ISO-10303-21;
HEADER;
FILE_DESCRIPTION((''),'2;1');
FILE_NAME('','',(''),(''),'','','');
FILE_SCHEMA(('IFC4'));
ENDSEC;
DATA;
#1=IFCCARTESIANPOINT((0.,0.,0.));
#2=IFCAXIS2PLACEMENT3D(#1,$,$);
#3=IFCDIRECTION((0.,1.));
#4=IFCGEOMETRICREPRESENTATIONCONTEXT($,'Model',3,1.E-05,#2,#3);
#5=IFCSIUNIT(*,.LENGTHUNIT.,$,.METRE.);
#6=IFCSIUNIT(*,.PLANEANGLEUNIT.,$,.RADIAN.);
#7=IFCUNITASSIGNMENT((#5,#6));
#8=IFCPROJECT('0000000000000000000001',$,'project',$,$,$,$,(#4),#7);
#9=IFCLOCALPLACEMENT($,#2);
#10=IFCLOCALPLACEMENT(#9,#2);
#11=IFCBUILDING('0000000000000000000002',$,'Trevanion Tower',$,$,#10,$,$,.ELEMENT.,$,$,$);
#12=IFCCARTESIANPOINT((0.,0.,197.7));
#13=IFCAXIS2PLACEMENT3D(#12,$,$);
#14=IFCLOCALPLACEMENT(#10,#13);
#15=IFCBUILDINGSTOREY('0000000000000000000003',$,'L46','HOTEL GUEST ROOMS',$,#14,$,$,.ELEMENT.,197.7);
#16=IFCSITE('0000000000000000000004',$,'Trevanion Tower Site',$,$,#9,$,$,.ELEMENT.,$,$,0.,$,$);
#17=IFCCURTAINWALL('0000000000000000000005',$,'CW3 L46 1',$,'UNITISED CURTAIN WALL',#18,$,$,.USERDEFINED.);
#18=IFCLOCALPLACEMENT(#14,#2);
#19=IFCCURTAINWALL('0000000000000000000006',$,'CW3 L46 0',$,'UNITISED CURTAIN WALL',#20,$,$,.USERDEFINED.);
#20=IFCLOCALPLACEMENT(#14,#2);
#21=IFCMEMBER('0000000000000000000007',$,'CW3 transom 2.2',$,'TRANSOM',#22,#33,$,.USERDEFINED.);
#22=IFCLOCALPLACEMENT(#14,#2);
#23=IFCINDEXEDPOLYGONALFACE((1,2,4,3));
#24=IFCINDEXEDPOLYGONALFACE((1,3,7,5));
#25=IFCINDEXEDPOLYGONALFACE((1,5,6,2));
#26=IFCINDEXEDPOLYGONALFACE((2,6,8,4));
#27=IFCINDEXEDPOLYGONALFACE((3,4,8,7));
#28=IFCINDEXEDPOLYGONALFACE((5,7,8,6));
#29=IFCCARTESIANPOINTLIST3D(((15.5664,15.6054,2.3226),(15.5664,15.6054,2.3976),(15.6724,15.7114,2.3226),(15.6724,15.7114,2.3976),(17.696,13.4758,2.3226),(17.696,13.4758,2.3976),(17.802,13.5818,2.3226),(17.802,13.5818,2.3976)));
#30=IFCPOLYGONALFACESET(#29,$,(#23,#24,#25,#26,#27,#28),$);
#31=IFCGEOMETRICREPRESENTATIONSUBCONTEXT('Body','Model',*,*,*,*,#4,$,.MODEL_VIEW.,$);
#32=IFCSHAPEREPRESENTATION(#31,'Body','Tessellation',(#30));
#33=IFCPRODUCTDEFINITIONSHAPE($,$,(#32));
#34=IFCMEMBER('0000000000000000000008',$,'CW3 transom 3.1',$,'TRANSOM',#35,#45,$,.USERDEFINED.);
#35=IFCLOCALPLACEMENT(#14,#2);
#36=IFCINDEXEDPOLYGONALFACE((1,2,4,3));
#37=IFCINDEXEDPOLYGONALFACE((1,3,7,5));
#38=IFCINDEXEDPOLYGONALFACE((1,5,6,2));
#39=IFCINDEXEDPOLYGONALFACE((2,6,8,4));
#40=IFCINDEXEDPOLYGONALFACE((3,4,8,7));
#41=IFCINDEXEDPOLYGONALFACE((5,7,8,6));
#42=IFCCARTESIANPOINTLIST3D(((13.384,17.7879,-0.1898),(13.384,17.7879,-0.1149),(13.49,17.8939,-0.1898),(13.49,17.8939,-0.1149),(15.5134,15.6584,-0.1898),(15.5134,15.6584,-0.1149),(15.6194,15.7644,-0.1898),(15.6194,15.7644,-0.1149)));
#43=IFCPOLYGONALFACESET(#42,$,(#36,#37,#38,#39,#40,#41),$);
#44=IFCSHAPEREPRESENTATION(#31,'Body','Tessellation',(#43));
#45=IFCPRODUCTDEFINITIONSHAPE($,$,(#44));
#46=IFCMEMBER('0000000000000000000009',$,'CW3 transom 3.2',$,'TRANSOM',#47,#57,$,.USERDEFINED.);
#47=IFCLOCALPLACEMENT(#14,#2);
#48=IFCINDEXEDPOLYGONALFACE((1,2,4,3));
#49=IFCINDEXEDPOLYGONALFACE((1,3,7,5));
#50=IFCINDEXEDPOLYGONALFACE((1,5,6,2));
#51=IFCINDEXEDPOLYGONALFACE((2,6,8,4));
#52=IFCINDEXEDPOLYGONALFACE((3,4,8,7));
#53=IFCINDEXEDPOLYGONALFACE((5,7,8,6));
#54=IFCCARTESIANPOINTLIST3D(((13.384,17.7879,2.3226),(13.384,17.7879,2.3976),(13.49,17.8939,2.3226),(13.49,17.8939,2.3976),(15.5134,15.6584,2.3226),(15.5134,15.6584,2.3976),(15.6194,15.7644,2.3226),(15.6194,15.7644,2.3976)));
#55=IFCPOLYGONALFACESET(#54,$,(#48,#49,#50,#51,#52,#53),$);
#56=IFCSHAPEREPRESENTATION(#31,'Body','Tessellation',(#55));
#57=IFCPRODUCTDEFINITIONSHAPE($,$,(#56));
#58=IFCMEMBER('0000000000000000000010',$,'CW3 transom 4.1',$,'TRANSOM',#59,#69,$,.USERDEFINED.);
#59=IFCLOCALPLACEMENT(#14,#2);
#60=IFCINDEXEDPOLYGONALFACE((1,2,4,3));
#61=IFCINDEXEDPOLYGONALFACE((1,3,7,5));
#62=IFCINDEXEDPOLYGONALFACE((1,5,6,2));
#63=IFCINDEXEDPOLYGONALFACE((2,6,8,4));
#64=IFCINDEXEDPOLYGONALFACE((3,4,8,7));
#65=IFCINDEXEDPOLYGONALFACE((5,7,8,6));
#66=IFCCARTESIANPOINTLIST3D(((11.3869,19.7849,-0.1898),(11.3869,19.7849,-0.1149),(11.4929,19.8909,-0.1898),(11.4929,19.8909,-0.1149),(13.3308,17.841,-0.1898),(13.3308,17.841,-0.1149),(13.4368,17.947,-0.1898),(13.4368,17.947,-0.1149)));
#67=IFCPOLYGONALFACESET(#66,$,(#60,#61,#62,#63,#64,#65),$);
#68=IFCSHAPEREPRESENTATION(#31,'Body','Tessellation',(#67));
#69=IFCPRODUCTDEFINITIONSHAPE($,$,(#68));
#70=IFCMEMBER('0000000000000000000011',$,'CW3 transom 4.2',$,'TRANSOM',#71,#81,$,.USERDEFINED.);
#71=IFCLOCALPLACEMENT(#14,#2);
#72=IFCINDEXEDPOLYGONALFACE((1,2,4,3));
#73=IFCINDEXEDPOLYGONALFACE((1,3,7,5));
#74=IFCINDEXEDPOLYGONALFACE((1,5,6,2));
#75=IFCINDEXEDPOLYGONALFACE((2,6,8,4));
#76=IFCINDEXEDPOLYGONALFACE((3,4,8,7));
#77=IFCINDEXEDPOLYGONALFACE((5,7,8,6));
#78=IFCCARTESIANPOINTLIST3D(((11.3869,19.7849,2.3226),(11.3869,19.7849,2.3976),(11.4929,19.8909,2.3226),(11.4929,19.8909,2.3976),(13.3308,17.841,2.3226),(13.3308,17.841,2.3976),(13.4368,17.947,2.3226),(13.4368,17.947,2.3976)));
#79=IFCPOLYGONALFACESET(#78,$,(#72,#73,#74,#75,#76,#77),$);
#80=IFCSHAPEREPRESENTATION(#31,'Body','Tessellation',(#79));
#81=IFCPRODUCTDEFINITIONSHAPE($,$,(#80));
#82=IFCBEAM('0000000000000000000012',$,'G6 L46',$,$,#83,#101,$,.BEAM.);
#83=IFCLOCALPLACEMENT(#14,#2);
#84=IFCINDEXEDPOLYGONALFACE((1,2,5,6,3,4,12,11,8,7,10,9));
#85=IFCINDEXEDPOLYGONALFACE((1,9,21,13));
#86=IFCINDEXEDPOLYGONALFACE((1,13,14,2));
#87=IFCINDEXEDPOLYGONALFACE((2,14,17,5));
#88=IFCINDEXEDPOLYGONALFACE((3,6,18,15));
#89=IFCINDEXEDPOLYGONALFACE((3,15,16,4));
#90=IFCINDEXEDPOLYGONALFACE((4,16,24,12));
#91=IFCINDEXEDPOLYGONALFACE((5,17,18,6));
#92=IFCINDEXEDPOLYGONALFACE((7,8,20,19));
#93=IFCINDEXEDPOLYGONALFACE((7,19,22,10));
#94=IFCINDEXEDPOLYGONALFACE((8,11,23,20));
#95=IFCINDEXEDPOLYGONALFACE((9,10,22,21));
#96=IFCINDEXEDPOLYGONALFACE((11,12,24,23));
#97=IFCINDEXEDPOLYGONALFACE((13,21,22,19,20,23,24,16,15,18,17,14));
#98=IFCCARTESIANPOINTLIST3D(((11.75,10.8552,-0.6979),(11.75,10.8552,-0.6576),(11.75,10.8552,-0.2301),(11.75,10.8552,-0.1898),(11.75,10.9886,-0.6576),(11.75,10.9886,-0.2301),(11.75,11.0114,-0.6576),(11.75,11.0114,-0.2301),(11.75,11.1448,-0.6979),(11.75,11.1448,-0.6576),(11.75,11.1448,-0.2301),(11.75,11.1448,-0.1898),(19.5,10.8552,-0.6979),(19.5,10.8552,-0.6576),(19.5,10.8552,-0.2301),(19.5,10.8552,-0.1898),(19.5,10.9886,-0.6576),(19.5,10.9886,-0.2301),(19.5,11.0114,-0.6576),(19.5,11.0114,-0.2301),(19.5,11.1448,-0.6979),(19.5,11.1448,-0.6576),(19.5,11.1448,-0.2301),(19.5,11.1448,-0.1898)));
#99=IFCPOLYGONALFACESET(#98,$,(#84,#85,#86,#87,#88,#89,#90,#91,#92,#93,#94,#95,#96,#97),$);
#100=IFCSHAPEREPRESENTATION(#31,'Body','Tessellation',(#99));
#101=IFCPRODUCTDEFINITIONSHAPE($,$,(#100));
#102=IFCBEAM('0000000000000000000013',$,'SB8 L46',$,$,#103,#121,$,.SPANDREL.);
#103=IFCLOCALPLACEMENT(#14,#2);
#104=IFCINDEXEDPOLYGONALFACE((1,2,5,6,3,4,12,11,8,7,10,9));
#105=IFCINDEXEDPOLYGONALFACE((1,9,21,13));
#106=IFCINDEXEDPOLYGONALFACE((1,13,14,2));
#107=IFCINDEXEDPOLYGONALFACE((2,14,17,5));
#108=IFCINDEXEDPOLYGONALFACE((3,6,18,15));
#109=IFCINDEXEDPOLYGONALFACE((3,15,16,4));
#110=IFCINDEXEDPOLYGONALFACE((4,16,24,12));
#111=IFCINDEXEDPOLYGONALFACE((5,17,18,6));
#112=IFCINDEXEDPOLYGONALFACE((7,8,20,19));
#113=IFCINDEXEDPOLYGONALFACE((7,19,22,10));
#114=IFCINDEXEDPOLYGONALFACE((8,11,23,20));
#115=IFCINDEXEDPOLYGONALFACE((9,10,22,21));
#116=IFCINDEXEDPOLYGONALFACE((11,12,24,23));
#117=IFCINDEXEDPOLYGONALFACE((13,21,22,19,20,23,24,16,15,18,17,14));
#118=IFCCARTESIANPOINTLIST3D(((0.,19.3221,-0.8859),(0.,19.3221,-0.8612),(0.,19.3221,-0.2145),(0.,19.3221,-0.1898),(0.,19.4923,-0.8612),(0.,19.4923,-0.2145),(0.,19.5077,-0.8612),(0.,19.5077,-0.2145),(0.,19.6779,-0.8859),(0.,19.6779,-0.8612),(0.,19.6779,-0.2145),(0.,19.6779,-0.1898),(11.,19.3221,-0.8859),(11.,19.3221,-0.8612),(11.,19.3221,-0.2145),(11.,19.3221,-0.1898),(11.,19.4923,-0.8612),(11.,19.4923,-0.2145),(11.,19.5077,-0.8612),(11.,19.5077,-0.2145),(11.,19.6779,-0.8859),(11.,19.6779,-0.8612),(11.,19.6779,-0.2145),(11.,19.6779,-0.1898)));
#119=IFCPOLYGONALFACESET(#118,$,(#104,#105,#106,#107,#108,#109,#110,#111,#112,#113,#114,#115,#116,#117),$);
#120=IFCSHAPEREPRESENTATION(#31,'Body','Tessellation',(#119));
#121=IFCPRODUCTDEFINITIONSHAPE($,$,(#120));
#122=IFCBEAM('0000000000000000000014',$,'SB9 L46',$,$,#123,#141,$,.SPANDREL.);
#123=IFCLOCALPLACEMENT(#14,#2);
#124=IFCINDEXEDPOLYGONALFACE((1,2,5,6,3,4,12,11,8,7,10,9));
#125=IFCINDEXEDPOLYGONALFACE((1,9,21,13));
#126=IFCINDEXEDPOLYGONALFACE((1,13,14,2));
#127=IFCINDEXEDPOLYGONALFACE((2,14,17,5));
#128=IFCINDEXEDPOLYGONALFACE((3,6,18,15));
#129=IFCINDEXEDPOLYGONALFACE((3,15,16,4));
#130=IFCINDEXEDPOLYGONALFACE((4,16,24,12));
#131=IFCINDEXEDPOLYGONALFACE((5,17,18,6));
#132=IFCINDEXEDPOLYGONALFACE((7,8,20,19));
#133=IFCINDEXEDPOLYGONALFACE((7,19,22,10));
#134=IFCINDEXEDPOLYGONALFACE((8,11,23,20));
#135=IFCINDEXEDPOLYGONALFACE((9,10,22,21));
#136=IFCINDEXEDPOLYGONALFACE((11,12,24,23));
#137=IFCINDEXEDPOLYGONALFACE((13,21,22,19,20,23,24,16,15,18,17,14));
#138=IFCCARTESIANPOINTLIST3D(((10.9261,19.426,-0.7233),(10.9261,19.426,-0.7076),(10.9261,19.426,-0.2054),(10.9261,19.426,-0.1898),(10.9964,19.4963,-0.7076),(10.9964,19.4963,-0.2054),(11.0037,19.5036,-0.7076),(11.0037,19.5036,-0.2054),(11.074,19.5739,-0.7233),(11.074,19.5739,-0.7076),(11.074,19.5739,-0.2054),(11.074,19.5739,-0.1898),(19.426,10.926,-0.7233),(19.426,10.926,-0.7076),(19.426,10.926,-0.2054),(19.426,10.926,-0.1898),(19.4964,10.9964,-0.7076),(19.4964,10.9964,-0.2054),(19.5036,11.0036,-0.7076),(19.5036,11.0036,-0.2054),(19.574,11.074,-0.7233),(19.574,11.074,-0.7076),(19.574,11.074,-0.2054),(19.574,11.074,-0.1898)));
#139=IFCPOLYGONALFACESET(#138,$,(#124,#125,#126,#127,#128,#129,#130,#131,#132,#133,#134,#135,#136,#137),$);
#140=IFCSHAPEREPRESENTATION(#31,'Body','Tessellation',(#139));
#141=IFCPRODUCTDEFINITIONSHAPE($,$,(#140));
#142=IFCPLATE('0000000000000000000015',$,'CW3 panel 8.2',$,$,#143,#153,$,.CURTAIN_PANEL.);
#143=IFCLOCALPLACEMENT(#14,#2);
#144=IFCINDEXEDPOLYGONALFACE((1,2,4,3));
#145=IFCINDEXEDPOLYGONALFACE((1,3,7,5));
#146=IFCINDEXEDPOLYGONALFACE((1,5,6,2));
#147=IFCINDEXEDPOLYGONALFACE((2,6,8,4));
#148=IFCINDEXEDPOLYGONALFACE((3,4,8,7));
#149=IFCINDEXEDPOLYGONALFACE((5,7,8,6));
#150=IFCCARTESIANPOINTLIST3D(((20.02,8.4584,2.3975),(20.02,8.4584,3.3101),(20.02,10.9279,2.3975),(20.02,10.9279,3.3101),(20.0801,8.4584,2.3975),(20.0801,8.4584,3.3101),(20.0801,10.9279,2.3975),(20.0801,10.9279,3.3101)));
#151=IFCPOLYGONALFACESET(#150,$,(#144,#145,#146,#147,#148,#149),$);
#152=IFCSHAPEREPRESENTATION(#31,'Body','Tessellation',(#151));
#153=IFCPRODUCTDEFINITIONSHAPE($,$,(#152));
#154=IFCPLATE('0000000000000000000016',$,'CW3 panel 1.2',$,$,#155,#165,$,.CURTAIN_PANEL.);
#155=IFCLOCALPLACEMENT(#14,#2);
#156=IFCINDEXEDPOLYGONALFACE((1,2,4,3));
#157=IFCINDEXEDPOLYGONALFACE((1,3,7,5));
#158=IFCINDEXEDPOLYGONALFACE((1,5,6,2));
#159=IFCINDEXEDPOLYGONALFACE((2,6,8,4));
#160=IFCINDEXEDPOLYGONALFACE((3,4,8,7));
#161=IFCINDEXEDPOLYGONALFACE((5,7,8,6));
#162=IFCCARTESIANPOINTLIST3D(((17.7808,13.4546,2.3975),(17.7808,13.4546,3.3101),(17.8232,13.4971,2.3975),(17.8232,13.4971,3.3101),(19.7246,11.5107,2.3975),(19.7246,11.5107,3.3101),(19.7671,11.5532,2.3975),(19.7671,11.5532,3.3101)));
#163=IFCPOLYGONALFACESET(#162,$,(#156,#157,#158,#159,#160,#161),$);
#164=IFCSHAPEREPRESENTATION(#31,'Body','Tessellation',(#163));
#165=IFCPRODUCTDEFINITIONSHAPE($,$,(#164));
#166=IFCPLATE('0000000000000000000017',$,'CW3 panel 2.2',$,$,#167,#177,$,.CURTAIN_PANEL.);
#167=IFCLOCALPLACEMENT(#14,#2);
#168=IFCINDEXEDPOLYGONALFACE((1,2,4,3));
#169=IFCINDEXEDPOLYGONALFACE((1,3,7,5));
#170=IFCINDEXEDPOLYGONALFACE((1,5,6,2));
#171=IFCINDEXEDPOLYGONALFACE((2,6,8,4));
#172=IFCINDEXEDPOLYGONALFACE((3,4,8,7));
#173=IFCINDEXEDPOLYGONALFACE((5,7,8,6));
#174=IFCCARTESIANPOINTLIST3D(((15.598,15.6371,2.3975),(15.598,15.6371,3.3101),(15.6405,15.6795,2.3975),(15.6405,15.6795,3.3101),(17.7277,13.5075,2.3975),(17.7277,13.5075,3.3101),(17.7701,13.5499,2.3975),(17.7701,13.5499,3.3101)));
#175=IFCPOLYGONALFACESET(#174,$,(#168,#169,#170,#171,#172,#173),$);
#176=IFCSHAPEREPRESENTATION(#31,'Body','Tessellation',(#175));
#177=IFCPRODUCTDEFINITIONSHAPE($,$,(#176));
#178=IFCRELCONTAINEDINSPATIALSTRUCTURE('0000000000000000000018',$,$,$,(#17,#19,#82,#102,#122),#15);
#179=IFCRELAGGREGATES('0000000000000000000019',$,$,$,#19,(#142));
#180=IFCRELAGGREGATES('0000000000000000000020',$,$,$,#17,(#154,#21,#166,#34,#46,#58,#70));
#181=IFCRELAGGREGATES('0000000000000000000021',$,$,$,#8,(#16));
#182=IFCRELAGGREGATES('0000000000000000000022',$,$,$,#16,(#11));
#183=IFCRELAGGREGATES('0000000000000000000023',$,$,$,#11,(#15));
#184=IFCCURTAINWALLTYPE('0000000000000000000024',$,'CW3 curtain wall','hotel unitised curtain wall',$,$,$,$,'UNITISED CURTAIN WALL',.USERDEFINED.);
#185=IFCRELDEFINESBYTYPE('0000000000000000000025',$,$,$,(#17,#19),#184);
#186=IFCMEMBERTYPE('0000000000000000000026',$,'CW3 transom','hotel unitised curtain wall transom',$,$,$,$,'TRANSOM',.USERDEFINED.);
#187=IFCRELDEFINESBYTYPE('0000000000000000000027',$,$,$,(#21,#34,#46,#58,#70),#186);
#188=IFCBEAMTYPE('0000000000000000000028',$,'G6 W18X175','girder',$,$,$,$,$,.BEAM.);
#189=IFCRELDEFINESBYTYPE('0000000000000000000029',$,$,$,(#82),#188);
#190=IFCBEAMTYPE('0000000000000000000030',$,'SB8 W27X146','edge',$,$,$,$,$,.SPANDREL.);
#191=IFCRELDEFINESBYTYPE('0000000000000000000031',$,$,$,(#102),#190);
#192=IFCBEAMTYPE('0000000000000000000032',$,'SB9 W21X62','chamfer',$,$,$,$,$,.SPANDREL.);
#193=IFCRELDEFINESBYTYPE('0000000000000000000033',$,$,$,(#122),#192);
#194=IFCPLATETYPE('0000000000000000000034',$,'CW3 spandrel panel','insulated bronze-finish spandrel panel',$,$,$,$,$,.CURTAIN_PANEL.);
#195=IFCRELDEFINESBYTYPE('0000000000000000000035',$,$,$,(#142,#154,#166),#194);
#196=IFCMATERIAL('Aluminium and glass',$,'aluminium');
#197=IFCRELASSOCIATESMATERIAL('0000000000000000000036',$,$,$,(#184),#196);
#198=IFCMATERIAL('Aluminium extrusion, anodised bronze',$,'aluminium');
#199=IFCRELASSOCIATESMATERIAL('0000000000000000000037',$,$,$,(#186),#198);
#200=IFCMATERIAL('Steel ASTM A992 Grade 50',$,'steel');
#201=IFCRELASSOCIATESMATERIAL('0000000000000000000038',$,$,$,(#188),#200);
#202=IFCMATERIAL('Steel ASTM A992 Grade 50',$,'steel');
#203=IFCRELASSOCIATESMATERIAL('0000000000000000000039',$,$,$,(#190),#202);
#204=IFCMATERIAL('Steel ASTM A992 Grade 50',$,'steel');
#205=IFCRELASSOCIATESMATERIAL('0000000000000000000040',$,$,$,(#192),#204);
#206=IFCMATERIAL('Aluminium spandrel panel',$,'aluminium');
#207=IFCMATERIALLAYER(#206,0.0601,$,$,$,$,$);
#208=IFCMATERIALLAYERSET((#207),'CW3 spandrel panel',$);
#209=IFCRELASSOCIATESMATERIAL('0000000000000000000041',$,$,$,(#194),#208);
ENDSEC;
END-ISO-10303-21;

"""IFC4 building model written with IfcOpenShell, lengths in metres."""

from ifc_helpers import new_model, si_unit, direction, frame, origin, origin_2d, place, context, subcontext, project, spatial, rectangle, i_section, extrude, material, layer, layer_set, material_profile, profile_set, type_object, element, aggregate, save


model = new_model("IFC4")

# Units and contexts
model_context = context("Model", 3, precision=1e-05, world=origin(), true_north=direction((0.0, 1.0)))
body_context = subcontext(model_context, "Body", "Model", "MODEL_VIEW")
ifc_project = project(units=[si_unit("LENGTHUNIT", "METRE"), si_unit("PLANEANGLEUNIT", "RADIAN")], contexts=[model_context])

# Site, building, storey
site_placement = place(None, origin())
site = spatial("IfcSite", under=ifc_project, at=site_placement, Name="Trevanion Tower Site", CompositionType="ELEMENT", RefElevation=0.0)
building_placement = place(site_placement, origin())
building = spatial("IfcBuilding", under=site, at=building_placement, Name="Trevanion Tower", CompositionType="ELEMENT")
storey_placement = place(building_placement, frame((0.0, 0.0, 197.7)))
storey = spatial("IfcBuildingStorey", under=building, at=storey_placement, Name="L46", Description="HOTEL GUEST ROOMS", CompositionType="ELEMENT", Elevation=197.7)

# Curtain wall
ifc_material_1 = material(Name="Aluminium and glass", Category="aluminium")
curtain_wall_type = type_object("IfcCurtainWallType", Name="CW3 curtain wall", Description="hotel unitised curtain wall", ElementType="UNITISED CURTAIN WALL", PredefinedType="USERDEFINED", material=ifc_material_1)
curtain_wall_1_placement = place(storey_placement, origin())
curtain_wall_1 = element("IfcCurtainWall", 1, at=curtain_wall_1_placement, inside=storey, type_object=curtain_wall_type, Name="CW3 L46 1", ObjectType="UNITISED CURTAIN WALL", PredefinedType="USERDEFINED")

# Curtain wall
curtain_wall_2_placement = place(storey_placement, origin())
curtain_wall_2 = element("IfcCurtainWall", 2, at=curtain_wall_2_placement, inside=storey, type_object=curtain_wall_type, Name="CW3 L46 0", ObjectType="UNITISED CURTAIN WALL", PredefinedType="USERDEFINED")

# Members
ifc_material_2 = material(Name="Aluminium extrusion, anodised bronze", Category="aluminium")
ifc_material_profile_1 = material_profile(ifc_material_2, rectangle(XDim=0.1499, YDim=0.075, at=origin_2d()), Name="CW3 transom")
ifc_profile_set_1 = profile_set([ifc_material_profile_1], Name="Aluminium extrusion, anodised bronze")
member_type_1 = type_object("IfcMemberType", Name="CW3 transom", Description="hotel unitised curtain wall transom", ElementType="TRANSOM", PredefinedType="USERDEFINED", material=ifc_profile_set_1)
member_1_placement = place(storey_placement, frame((17.749, 13.5288, 2.3601), z_axis=(-0.707107, 0.707107, 0.0), x_axis=(-0.707107, -0.707107, 0.0)))
member_1 = element("IfcMember", 3, at=member_1_placement, type_object=member_type_1, Name="CW3 transom 2.2", ObjectType="TRANSOM", PredefinedType="USERDEFINED", context=body_context, shape_type="SweptSolid", body=[
    extrude(rectangle(XDim=0.1499, YDim=0.075, at=origin_2d()), origin(), (0.0, 0.0, 1.0), 3.0117),
])
member_2_placement = place(storey_placement, frame((15.5664, 15.7114, -0.1523), z_axis=(-0.707107, 0.707107, 0.0), x_axis=(-0.707107, -0.707107, 0.0)))
member_2 = element("IfcMember", 4, at=member_2_placement, type_object=member_type_1, Name="CW3 transom 3.1", ObjectType="TRANSOM", PredefinedType="USERDEFINED", context=body_context, shape_type="SweptSolid", body=[
    extrude(rectangle(XDim=0.1499, YDim=0.075, at=origin_2d()), origin(), (0.0, 0.0, 1.0), 3.0115),
])
member_3_placement = place(storey_placement, frame((15.5664, 15.7114, 2.3601), z_axis=(-0.707107, 0.707107, 0.0), x_axis=(-0.707107, -0.707107, 0.0)))
member_3 = element("IfcMember", 5, at=member_3_placement, type_object=member_type_1, Name="CW3 transom 3.2", ObjectType="TRANSOM", PredefinedType="USERDEFINED", context=body_context, shape_type="SweptSolid", body=[
    extrude(rectangle(XDim=0.1499, YDim=0.075, at=origin_2d()), origin(), (0.0, 0.0, 1.0), 3.0115),
])
member_4_placement = place(storey_placement, frame((13.3838, 17.894, -0.1523), z_axis=(-0.707107, 0.707107, 0.0), x_axis=(-0.707107, -0.707107, 0.0)))
member_4 = element("IfcMember", 6, at=member_4_placement, type_object=member_type_1, Name="CW3 transom 4.1", ObjectType="TRANSOM", PredefinedType="USERDEFINED", context=body_context, shape_type="SweptSolid", body=[
    extrude(rectangle(XDim=0.1499, YDim=0.075, at=origin_2d()), origin(), (0.0, 0.0, 1.0), 2.749),
])
member_5_placement = place(storey_placement, frame((13.3838, 17.894, 2.3601), z_axis=(-0.707107, 0.707107, 0.0), x_axis=(-0.707107, -0.707107, 0.0)))
member_5 = element("IfcMember", 7, at=member_5_placement, type_object=member_type_1, Name="CW3 transom 4.2", ObjectType="TRANSOM", PredefinedType="USERDEFINED", context=body_context, shape_type="SweptSolid", body=[
    extrude(rectangle(XDim=0.1499, YDim=0.075, at=origin_2d()), origin(), (0.0, 0.0, 1.0), 2.749),
])

# Beams
ifc_material_3 = material(Name="Steel ASTM A992 Grade 50", Category="steel")
ifc_material_profile_2 = material_profile(ifc_material_3, i_section(OverallWidth=0.2896, OverallDepth=0.5081, WebThickness=0.0227, FlangeThickness=0.0403, at=origin_2d()), Name="W18X175")
ifc_profile_set_2 = profile_set([ifc_material_profile_2], Name="Steel ASTM A992 Grade 50")
beam_type_1 = type_object("IfcBeamType", Name="G6 W18X175", Description="girder", PredefinedType="BEAM", material=ifc_profile_set_2)
beam_1_placement = place(storey_placement, frame((11.75, 11.0, -0.4438), z_axis=(1.0, 0.0, 0.0), x_axis=(0.0, 1.0, 0.0)))
element("IfcBeam", 8, at=beam_1_placement, inside=storey, type_object=beam_type_1, Name="G6 L46", PredefinedType="BEAM", context=body_context, shape_type="SweptSolid", body=[
    extrude(i_section(OverallWidth=0.2896, OverallDepth=0.5081, WebThickness=0.0227, FlangeThickness=0.0403, at=origin_2d()), origin(), (0.0, 0.0, 1.0), 7.75),
])
ifc_material_4 = material(Name="Steel ASTM A992 Grade 50", Category="steel")
ifc_material_profile_3 = material_profile(ifc_material_4, i_section(OverallWidth=0.3557, OverallDepth=0.696, WebThickness=0.0154, FlangeThickness=0.0247, at=origin_2d()), Name="W27X146")
ifc_profile_set_3 = profile_set([ifc_material_profile_3], Name="Steel ASTM A992 Grade 50")
beam_type_2 = type_object("IfcBeamType", Name="SB8 W27X146", Description="edge", PredefinedType="SPANDREL", material=ifc_profile_set_3)
beam_2_placement = place(storey_placement, frame((11.0, 19.5, -0.5378), z_axis=(-1.0, 0.0, 0.0), x_axis=(0.0, -1.0, 0.0)))
element("IfcBeam", 9, at=beam_2_placement, inside=storey, type_object=beam_type_2, Name="SB8 L46", PredefinedType="SPANDREL", context=body_context, shape_type="SweptSolid", body=[
    extrude(i_section(OverallWidth=0.3557, OverallDepth=0.696, WebThickness=0.0154, FlangeThickness=0.0247, at=origin_2d()), origin(), (0.0, 0.0, 1.0), 11.0),
])
ifc_material_5 = material(Name="Steel ASTM A992 Grade 50", Category="steel")
ifc_material_profile_4 = material_profile(ifc_material_5, i_section(OverallWidth=0.2092, OverallDepth=0.5334, WebThickness=0.0103, FlangeThickness=0.0156, at=origin_2d()), Name="W21X62")
ifc_profile_set_4 = profile_set([ifc_material_profile_4], Name="Steel ASTM A992 Grade 50")
beam_type_3 = type_object("IfcBeamType", Name="SB9 W21X62", Description="chamfer", PredefinedType="SPANDREL", material=ifc_profile_set_4)
beam_3_placement = place(storey_placement, frame((19.5, 11.0, -0.4565), z_axis=(-0.707107, 0.707107, 0.0), x_axis=(-0.707107, -0.707107, 0.0)))
element("IfcBeam", 10, at=beam_3_placement, inside=storey, type_object=beam_type_3, Name="SB9 L46", PredefinedType="SPANDREL", context=body_context, shape_type="SweptSolid", body=[
    extrude(i_section(OverallWidth=0.2092, OverallDepth=0.5334, WebThickness=0.0103, FlangeThickness=0.0156, at=origin_2d()), origin(), (0.0, 0.0, 1.0), 12.0208),
])

# Plates
ifc_material_6 = material(Name="Aluminium spandrel panel", Category="aluminium")
ifc_layer_1 = layer(ifc_material_6, 0.0601)
ifc_layer_set_1 = layer_set([ifc_layer_1], Name="CW3 spandrel panel")
plate_type_1 = type_object("IfcPlateType", Name="CW3 spandrel panel", Description="insulated bronze-finish spandrel panel", PredefinedType="CURTAIN_PANEL", material=ifc_layer_set_1)
plate_1_placement = place(storey_placement, frame((20.05, 9.6931, 2.3975), z_axis=(0.0, 0.0, 1.0), x_axis=(0.0, 1.0, 0.0)))
plate_1 = element("IfcPlate", 11, at=plate_1_placement, type_object=plate_type_1, Name="CW3 panel 8.2", PredefinedType="CURTAIN_PANEL", context=body_context, shape_type="SweptSolid", body=[
    extrude(rectangle(XDim=2.4695, YDim=0.0601, at=origin_2d()), origin(), (0.0, 0.0, 1.0), 0.9126),
])
aggregate(curtain_wall_2, [plate_1])
plate_2_placement = place(storey_placement, frame((18.7739, 12.5039, 2.3975), z_axis=(0.0, 0.0, 1.0), x_axis=(-0.707107, 0.707107, 0.0)))
plate_2 = element("IfcPlate", 12, at=plate_2_placement, type_object=plate_type_1, Name="CW3 panel 1.2", PredefinedType="CURTAIN_PANEL", context=body_context, shape_type="SweptSolid", body=[
    extrude(rectangle(XDim=2.749, YDim=0.0601, at=origin_2d()), origin(), (0.0, 0.0, 1.0), 0.9126),
])
plate_3_placement = place(storey_placement, frame((16.6841, 14.5935, 2.3975), z_axis=(0.0, 0.0, 1.0), x_axis=(-0.707107, 0.707107, 0.0)))
plate_3 = element("IfcPlate", 13, at=plate_3_placement, type_object=plate_type_1, Name="CW3 panel 2.2", PredefinedType="CURTAIN_PANEL", context=body_context, shape_type="SweptSolid", body=[
    extrude(rectangle(XDim=3.0117, YDim=0.0601, at=origin_2d()), origin(), (0.0, 0.0, 1.0), 0.9126),
])
aggregate(curtain_wall_1, [plate_2, member_1, plate_3, member_2, member_3, member_4, member_5])

save(model, "model.ifc")
